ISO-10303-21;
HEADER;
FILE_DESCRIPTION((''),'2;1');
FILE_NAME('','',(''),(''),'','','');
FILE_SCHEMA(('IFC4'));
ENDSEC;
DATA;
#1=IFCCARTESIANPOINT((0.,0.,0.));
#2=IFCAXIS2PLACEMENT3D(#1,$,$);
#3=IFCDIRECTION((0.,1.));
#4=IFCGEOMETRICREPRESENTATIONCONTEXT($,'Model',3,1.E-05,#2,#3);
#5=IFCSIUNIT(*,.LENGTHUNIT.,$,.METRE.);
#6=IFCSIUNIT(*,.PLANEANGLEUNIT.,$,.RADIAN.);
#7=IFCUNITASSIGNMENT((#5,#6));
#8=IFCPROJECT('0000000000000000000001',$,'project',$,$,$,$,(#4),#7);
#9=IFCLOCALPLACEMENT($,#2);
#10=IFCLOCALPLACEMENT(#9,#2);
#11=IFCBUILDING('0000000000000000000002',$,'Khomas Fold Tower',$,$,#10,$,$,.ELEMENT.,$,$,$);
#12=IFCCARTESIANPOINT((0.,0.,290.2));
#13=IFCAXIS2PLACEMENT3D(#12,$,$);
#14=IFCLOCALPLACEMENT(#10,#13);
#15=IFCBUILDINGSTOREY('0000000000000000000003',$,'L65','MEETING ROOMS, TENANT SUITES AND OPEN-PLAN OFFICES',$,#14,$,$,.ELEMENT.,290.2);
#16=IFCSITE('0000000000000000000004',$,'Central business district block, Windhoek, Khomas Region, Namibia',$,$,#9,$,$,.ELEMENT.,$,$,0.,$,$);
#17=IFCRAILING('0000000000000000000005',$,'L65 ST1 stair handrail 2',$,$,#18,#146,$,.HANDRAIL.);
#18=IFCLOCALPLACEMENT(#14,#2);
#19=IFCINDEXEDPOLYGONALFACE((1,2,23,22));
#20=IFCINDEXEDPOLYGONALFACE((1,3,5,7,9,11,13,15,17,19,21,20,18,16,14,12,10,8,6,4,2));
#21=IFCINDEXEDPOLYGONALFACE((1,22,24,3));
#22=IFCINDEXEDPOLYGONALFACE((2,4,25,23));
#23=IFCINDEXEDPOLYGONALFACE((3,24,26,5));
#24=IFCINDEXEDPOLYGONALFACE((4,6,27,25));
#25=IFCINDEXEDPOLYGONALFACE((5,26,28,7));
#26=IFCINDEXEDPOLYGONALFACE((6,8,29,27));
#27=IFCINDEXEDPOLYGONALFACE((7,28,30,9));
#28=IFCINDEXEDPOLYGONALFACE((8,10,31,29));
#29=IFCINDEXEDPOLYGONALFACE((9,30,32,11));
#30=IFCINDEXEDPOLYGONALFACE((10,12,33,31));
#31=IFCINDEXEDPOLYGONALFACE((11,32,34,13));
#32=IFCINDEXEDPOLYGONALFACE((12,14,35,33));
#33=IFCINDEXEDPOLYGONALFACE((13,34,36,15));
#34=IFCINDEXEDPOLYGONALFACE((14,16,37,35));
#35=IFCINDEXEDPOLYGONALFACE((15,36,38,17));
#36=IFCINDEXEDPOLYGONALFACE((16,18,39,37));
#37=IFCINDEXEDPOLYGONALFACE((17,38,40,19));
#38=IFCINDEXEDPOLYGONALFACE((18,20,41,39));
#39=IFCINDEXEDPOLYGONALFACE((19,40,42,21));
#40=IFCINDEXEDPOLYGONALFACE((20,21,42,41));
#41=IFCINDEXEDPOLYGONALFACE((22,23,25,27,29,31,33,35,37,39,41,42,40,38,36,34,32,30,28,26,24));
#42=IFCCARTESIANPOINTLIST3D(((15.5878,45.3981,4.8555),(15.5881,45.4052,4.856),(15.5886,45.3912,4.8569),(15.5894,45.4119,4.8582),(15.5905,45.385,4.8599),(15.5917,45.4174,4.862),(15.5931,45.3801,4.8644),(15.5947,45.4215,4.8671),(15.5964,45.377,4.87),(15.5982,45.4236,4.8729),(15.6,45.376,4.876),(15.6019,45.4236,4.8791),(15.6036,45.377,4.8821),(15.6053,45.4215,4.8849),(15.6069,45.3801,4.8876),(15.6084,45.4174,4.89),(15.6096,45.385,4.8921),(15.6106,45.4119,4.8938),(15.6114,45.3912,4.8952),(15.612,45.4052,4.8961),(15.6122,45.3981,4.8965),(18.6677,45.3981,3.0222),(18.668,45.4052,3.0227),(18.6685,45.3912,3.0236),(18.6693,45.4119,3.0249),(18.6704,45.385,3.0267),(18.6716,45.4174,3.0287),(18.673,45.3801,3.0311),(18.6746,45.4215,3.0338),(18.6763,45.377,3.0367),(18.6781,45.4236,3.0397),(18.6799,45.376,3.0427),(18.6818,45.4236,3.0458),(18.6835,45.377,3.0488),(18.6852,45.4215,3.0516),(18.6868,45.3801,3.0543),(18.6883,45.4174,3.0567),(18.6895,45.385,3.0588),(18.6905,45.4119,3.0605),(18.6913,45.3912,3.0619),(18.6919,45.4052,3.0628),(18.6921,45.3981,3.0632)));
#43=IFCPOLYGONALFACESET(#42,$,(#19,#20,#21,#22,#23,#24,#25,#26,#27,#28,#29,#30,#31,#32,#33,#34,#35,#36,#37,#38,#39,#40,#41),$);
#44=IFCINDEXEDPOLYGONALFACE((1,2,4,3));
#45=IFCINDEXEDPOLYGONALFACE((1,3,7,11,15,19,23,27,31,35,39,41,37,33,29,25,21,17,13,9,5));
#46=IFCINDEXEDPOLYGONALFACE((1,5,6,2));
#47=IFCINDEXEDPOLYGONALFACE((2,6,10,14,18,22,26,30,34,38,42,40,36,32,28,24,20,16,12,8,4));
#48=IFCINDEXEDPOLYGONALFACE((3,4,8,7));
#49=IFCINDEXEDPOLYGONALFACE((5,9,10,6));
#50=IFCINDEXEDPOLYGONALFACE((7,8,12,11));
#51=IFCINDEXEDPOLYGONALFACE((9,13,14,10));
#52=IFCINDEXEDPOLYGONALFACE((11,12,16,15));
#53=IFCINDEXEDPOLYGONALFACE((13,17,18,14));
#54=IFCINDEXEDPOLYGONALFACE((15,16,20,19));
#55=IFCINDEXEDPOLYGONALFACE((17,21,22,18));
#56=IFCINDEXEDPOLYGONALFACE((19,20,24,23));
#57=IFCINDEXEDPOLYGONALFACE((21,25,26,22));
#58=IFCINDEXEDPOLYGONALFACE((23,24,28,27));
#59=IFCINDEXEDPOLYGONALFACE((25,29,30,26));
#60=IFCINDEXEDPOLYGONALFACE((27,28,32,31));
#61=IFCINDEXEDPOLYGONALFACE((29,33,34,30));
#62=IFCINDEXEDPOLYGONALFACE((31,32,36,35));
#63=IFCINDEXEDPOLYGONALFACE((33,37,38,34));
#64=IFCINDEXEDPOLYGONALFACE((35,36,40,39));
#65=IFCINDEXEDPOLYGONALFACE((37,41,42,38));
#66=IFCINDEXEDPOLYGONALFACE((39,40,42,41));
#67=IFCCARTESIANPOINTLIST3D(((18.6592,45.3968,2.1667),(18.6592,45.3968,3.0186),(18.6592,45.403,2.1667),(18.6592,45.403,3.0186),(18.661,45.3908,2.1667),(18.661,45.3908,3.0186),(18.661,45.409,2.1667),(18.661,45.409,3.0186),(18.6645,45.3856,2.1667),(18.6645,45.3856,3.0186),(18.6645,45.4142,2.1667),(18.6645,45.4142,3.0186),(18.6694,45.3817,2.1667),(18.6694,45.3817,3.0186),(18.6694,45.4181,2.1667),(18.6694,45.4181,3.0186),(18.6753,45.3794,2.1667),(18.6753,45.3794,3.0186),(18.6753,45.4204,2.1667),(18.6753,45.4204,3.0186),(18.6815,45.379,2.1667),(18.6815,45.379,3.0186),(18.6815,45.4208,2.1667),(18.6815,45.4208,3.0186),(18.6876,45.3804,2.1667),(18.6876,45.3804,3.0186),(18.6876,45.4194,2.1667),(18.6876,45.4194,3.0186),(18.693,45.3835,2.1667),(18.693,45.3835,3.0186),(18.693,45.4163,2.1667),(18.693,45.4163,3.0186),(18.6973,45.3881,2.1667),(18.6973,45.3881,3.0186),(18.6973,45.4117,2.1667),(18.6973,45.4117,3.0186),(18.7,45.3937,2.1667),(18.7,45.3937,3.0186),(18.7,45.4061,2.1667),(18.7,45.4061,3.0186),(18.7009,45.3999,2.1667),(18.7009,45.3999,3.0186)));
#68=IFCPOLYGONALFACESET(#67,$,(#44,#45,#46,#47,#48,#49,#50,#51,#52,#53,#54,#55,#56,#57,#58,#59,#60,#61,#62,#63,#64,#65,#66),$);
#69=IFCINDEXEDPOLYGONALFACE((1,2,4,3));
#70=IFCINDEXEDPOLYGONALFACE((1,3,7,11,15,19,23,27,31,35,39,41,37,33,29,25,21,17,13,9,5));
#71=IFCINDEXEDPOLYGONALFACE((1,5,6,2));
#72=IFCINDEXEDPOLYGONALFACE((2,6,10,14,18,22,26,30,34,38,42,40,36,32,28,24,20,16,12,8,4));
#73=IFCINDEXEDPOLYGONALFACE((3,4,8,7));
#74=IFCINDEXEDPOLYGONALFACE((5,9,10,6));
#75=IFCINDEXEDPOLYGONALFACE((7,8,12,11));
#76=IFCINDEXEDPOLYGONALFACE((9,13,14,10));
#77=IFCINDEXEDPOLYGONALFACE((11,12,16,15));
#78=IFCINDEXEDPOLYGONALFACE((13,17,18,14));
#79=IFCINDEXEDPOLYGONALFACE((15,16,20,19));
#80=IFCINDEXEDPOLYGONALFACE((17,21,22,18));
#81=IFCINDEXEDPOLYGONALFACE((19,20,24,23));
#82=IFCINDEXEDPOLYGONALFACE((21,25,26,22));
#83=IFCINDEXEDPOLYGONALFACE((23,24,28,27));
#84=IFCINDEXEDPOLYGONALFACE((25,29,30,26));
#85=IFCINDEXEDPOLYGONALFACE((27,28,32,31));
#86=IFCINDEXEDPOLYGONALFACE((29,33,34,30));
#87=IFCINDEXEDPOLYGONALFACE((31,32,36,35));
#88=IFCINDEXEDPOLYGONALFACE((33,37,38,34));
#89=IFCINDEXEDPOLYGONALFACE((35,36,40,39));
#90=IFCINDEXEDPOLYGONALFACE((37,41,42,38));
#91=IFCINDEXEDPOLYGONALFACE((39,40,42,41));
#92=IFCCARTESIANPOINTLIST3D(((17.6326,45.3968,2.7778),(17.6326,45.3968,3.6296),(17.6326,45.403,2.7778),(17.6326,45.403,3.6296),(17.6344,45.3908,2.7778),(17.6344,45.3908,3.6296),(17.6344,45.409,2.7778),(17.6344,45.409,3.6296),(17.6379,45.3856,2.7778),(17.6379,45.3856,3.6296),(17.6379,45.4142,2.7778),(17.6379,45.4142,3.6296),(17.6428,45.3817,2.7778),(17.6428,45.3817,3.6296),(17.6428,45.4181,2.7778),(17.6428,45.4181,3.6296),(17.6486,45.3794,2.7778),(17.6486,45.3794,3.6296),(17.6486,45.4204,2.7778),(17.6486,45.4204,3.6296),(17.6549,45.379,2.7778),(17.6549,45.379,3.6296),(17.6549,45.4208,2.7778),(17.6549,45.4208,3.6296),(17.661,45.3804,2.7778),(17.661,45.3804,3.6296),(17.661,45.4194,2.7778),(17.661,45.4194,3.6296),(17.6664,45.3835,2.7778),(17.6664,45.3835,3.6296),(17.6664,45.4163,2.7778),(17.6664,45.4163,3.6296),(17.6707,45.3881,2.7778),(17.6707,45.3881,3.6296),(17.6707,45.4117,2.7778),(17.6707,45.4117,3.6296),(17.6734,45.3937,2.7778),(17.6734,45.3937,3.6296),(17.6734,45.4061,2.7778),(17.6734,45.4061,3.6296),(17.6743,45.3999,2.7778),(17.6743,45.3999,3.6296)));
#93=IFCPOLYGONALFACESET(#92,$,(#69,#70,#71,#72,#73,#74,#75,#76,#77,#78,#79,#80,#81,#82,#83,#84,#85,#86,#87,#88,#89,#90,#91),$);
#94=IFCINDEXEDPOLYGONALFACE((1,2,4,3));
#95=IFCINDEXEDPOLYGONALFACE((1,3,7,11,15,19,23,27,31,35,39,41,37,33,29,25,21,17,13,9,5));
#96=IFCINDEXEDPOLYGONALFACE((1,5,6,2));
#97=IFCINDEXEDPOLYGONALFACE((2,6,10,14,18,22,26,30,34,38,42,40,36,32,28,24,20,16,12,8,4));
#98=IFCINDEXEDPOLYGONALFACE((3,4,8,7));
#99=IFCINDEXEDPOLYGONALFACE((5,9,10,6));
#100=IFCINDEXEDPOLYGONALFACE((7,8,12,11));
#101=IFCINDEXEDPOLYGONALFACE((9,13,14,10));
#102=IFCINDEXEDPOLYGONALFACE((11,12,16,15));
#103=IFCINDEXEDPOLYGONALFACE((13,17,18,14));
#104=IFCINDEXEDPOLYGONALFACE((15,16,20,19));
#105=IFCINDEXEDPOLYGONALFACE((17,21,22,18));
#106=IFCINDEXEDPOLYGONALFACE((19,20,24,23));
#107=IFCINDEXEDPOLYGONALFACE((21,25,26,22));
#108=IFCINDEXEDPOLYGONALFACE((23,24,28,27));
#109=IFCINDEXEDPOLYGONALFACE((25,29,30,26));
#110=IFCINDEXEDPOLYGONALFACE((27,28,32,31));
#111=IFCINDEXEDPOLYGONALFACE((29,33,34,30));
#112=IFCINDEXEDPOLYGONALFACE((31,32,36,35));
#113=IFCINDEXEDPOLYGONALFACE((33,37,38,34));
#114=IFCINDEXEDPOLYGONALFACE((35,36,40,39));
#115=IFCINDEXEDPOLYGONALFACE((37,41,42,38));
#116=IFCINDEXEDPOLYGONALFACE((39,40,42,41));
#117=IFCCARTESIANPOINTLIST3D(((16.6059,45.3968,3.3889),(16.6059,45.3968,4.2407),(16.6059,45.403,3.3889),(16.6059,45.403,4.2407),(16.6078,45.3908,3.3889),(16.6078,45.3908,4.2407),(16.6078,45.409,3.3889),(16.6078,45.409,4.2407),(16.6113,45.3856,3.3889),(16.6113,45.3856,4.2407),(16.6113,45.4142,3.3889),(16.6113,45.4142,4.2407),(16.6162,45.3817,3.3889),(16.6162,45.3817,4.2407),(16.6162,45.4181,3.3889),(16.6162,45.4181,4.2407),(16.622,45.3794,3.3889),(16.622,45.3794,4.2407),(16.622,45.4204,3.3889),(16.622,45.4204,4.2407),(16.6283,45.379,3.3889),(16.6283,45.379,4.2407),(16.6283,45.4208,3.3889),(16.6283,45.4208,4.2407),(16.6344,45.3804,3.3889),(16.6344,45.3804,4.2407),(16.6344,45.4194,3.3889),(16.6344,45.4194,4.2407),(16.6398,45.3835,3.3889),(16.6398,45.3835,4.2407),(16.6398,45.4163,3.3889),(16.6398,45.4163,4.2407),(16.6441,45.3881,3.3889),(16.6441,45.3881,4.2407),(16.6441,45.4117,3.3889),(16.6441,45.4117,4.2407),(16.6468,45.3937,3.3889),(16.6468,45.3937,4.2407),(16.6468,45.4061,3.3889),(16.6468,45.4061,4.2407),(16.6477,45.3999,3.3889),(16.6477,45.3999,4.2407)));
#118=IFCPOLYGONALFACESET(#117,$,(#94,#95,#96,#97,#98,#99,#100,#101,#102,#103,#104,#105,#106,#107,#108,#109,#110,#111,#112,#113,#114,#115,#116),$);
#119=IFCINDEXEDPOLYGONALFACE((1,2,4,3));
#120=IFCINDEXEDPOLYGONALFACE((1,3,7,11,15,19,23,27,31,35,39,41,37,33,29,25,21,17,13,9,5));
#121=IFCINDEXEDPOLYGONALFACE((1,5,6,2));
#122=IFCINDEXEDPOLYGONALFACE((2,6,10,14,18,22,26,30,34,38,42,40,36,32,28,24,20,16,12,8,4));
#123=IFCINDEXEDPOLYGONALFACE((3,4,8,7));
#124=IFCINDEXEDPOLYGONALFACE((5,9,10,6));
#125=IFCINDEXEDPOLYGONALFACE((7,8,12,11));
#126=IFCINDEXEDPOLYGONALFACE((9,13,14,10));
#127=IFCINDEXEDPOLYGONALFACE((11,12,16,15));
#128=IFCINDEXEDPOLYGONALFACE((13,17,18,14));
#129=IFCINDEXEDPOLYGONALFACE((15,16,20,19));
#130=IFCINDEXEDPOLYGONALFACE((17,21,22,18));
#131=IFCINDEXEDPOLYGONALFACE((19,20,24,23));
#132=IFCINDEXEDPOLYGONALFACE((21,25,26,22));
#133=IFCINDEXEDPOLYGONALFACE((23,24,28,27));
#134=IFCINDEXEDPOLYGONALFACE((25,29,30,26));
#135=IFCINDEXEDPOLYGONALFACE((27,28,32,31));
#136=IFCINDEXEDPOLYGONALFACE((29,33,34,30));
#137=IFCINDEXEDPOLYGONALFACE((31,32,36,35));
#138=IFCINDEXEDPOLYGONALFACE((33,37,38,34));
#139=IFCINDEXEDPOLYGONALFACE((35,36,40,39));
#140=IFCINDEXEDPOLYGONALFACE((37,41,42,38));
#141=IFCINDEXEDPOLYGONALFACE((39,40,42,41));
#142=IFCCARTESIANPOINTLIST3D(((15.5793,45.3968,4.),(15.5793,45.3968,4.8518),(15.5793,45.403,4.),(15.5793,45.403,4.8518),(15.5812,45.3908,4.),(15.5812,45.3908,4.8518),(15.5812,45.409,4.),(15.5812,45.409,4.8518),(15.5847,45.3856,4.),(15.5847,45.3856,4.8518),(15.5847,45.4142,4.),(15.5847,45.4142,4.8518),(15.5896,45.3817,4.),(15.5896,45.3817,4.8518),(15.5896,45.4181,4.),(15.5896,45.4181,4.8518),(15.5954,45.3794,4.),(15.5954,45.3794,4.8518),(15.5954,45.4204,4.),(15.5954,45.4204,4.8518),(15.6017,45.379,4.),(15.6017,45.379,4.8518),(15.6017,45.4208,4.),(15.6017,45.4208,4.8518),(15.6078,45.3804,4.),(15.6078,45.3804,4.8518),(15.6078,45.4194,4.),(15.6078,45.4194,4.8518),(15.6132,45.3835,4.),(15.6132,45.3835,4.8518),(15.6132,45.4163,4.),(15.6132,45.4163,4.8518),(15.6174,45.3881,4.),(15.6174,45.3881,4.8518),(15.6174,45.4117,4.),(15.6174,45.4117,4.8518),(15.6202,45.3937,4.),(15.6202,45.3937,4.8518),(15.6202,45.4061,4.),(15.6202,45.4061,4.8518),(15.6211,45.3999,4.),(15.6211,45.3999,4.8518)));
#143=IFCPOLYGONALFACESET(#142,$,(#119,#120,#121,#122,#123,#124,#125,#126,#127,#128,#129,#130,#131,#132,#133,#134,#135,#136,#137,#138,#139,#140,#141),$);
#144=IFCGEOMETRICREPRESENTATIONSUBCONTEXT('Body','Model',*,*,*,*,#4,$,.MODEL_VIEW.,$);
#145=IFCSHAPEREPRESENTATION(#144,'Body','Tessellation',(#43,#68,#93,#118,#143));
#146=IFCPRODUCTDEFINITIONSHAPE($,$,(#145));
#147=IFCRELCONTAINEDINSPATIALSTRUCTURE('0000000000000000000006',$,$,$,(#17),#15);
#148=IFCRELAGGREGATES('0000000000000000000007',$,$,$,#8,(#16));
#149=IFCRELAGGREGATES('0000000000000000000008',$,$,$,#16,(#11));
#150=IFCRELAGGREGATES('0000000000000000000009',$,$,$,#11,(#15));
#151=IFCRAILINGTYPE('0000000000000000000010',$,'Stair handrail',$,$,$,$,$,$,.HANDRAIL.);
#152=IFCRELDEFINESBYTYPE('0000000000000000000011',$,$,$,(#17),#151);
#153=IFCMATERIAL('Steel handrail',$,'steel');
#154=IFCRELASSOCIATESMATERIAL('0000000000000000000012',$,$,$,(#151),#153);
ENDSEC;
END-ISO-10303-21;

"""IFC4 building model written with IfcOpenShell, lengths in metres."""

from ifc_helpers import new_model, si_unit, direction, frame, origin, origin_2d, place, context, subcontext, project, spatial, circle, extrude, source, transform, mapped, material, type_object, element, save


model = new_model("IFC4")

# Units and contexts
model_context = context("Model", 3, precision=1e-05, world=origin(), true_north=direction((0.0, 1.0)))
body_context = subcontext(model_context, "Body", "Model", "MODEL_VIEW")
ifc_project = project(units=[si_unit("LENGTHUNIT", "METRE"), si_unit("PLANEANGLEUNIT", "RADIAN")], contexts=[model_context])

# Site, building, storey
site_placement = place(None, origin())
site = spatial("IfcSite", under=ifc_project, at=site_placement, Name="Central business district block, Windhoek, Khomas Region, Namibia", CompositionType="ELEMENT", RefElevation=0.0)
building_placement = place(site_placement, origin())
building = spatial("IfcBuilding", under=site, at=building_placement, Name="Khomas Fold Tower", CompositionType="ELEMENT")
storey_placement = place(building_placement, frame((0.0, 0.0, 290.2)))
storey = spatial("IfcBuildingStorey", under=building, at=storey_placement, Name="L65", Description="MEETING ROOMS, TENANT SUITES AND OPEN-PLAN OFFICES", CompositionType="ELEMENT", Elevation=290.2)

# Railing
ifc_material_1 = material(Name="Steel handrail", Category="steel")
railing_type_1 = type_object("IfcRailingType", Name="Stair handrail", PredefinedType="HANDRAIL", material=ifc_material_1)
shared_shape_1 = source(origin(), body_context, "Body", "SweptSolid", [
    extrude(circle(Radius=0.0239, at=origin_2d()), frame((0.0, 0.0, 0.876), z_axis=(-0.859291, 0.0, 0.511487), x_axis=(0.0, -1.0, 0.0)), (0.0, 0.0, 1.0), 3.5842),
    extrude(circle(Radius=0.021, at=origin_2d()), origin(), (0.0, 0.0, 1.0), 0.8518),
    extrude(circle(Radius=0.021, at=origin_2d()), frame((-1.0266, 0.0, 0.6111)), (0.0, 0.0, 1.0), 0.8518),
    extrude(circle(Radius=0.021, at=origin_2d()), frame((-2.0532, 0.0, 1.2222)), (0.0, 0.0, 1.0), 0.8518),
    extrude(circle(Radius=0.021, at=origin_2d()), frame((-3.0798, 0.0, 1.8333)), (0.0, 0.0, 1.0), 0.8518),
])
railing_1_placement = place(storey_placement, frame((18.6799, 45.3999, 2.1667)))
element("IfcRailing", 1, at=railing_1_placement, inside=storey, type_object=railing_type_1, Name="L65 ST1 stair handrail 2", PredefinedType="HANDRAIL", context=body_context, shape_type="MappedRepresentation", body=[
    mapped(shared_shape_1, transform((0.0, 0.0, 0.0))),
])

save(model, "model.ifc")
